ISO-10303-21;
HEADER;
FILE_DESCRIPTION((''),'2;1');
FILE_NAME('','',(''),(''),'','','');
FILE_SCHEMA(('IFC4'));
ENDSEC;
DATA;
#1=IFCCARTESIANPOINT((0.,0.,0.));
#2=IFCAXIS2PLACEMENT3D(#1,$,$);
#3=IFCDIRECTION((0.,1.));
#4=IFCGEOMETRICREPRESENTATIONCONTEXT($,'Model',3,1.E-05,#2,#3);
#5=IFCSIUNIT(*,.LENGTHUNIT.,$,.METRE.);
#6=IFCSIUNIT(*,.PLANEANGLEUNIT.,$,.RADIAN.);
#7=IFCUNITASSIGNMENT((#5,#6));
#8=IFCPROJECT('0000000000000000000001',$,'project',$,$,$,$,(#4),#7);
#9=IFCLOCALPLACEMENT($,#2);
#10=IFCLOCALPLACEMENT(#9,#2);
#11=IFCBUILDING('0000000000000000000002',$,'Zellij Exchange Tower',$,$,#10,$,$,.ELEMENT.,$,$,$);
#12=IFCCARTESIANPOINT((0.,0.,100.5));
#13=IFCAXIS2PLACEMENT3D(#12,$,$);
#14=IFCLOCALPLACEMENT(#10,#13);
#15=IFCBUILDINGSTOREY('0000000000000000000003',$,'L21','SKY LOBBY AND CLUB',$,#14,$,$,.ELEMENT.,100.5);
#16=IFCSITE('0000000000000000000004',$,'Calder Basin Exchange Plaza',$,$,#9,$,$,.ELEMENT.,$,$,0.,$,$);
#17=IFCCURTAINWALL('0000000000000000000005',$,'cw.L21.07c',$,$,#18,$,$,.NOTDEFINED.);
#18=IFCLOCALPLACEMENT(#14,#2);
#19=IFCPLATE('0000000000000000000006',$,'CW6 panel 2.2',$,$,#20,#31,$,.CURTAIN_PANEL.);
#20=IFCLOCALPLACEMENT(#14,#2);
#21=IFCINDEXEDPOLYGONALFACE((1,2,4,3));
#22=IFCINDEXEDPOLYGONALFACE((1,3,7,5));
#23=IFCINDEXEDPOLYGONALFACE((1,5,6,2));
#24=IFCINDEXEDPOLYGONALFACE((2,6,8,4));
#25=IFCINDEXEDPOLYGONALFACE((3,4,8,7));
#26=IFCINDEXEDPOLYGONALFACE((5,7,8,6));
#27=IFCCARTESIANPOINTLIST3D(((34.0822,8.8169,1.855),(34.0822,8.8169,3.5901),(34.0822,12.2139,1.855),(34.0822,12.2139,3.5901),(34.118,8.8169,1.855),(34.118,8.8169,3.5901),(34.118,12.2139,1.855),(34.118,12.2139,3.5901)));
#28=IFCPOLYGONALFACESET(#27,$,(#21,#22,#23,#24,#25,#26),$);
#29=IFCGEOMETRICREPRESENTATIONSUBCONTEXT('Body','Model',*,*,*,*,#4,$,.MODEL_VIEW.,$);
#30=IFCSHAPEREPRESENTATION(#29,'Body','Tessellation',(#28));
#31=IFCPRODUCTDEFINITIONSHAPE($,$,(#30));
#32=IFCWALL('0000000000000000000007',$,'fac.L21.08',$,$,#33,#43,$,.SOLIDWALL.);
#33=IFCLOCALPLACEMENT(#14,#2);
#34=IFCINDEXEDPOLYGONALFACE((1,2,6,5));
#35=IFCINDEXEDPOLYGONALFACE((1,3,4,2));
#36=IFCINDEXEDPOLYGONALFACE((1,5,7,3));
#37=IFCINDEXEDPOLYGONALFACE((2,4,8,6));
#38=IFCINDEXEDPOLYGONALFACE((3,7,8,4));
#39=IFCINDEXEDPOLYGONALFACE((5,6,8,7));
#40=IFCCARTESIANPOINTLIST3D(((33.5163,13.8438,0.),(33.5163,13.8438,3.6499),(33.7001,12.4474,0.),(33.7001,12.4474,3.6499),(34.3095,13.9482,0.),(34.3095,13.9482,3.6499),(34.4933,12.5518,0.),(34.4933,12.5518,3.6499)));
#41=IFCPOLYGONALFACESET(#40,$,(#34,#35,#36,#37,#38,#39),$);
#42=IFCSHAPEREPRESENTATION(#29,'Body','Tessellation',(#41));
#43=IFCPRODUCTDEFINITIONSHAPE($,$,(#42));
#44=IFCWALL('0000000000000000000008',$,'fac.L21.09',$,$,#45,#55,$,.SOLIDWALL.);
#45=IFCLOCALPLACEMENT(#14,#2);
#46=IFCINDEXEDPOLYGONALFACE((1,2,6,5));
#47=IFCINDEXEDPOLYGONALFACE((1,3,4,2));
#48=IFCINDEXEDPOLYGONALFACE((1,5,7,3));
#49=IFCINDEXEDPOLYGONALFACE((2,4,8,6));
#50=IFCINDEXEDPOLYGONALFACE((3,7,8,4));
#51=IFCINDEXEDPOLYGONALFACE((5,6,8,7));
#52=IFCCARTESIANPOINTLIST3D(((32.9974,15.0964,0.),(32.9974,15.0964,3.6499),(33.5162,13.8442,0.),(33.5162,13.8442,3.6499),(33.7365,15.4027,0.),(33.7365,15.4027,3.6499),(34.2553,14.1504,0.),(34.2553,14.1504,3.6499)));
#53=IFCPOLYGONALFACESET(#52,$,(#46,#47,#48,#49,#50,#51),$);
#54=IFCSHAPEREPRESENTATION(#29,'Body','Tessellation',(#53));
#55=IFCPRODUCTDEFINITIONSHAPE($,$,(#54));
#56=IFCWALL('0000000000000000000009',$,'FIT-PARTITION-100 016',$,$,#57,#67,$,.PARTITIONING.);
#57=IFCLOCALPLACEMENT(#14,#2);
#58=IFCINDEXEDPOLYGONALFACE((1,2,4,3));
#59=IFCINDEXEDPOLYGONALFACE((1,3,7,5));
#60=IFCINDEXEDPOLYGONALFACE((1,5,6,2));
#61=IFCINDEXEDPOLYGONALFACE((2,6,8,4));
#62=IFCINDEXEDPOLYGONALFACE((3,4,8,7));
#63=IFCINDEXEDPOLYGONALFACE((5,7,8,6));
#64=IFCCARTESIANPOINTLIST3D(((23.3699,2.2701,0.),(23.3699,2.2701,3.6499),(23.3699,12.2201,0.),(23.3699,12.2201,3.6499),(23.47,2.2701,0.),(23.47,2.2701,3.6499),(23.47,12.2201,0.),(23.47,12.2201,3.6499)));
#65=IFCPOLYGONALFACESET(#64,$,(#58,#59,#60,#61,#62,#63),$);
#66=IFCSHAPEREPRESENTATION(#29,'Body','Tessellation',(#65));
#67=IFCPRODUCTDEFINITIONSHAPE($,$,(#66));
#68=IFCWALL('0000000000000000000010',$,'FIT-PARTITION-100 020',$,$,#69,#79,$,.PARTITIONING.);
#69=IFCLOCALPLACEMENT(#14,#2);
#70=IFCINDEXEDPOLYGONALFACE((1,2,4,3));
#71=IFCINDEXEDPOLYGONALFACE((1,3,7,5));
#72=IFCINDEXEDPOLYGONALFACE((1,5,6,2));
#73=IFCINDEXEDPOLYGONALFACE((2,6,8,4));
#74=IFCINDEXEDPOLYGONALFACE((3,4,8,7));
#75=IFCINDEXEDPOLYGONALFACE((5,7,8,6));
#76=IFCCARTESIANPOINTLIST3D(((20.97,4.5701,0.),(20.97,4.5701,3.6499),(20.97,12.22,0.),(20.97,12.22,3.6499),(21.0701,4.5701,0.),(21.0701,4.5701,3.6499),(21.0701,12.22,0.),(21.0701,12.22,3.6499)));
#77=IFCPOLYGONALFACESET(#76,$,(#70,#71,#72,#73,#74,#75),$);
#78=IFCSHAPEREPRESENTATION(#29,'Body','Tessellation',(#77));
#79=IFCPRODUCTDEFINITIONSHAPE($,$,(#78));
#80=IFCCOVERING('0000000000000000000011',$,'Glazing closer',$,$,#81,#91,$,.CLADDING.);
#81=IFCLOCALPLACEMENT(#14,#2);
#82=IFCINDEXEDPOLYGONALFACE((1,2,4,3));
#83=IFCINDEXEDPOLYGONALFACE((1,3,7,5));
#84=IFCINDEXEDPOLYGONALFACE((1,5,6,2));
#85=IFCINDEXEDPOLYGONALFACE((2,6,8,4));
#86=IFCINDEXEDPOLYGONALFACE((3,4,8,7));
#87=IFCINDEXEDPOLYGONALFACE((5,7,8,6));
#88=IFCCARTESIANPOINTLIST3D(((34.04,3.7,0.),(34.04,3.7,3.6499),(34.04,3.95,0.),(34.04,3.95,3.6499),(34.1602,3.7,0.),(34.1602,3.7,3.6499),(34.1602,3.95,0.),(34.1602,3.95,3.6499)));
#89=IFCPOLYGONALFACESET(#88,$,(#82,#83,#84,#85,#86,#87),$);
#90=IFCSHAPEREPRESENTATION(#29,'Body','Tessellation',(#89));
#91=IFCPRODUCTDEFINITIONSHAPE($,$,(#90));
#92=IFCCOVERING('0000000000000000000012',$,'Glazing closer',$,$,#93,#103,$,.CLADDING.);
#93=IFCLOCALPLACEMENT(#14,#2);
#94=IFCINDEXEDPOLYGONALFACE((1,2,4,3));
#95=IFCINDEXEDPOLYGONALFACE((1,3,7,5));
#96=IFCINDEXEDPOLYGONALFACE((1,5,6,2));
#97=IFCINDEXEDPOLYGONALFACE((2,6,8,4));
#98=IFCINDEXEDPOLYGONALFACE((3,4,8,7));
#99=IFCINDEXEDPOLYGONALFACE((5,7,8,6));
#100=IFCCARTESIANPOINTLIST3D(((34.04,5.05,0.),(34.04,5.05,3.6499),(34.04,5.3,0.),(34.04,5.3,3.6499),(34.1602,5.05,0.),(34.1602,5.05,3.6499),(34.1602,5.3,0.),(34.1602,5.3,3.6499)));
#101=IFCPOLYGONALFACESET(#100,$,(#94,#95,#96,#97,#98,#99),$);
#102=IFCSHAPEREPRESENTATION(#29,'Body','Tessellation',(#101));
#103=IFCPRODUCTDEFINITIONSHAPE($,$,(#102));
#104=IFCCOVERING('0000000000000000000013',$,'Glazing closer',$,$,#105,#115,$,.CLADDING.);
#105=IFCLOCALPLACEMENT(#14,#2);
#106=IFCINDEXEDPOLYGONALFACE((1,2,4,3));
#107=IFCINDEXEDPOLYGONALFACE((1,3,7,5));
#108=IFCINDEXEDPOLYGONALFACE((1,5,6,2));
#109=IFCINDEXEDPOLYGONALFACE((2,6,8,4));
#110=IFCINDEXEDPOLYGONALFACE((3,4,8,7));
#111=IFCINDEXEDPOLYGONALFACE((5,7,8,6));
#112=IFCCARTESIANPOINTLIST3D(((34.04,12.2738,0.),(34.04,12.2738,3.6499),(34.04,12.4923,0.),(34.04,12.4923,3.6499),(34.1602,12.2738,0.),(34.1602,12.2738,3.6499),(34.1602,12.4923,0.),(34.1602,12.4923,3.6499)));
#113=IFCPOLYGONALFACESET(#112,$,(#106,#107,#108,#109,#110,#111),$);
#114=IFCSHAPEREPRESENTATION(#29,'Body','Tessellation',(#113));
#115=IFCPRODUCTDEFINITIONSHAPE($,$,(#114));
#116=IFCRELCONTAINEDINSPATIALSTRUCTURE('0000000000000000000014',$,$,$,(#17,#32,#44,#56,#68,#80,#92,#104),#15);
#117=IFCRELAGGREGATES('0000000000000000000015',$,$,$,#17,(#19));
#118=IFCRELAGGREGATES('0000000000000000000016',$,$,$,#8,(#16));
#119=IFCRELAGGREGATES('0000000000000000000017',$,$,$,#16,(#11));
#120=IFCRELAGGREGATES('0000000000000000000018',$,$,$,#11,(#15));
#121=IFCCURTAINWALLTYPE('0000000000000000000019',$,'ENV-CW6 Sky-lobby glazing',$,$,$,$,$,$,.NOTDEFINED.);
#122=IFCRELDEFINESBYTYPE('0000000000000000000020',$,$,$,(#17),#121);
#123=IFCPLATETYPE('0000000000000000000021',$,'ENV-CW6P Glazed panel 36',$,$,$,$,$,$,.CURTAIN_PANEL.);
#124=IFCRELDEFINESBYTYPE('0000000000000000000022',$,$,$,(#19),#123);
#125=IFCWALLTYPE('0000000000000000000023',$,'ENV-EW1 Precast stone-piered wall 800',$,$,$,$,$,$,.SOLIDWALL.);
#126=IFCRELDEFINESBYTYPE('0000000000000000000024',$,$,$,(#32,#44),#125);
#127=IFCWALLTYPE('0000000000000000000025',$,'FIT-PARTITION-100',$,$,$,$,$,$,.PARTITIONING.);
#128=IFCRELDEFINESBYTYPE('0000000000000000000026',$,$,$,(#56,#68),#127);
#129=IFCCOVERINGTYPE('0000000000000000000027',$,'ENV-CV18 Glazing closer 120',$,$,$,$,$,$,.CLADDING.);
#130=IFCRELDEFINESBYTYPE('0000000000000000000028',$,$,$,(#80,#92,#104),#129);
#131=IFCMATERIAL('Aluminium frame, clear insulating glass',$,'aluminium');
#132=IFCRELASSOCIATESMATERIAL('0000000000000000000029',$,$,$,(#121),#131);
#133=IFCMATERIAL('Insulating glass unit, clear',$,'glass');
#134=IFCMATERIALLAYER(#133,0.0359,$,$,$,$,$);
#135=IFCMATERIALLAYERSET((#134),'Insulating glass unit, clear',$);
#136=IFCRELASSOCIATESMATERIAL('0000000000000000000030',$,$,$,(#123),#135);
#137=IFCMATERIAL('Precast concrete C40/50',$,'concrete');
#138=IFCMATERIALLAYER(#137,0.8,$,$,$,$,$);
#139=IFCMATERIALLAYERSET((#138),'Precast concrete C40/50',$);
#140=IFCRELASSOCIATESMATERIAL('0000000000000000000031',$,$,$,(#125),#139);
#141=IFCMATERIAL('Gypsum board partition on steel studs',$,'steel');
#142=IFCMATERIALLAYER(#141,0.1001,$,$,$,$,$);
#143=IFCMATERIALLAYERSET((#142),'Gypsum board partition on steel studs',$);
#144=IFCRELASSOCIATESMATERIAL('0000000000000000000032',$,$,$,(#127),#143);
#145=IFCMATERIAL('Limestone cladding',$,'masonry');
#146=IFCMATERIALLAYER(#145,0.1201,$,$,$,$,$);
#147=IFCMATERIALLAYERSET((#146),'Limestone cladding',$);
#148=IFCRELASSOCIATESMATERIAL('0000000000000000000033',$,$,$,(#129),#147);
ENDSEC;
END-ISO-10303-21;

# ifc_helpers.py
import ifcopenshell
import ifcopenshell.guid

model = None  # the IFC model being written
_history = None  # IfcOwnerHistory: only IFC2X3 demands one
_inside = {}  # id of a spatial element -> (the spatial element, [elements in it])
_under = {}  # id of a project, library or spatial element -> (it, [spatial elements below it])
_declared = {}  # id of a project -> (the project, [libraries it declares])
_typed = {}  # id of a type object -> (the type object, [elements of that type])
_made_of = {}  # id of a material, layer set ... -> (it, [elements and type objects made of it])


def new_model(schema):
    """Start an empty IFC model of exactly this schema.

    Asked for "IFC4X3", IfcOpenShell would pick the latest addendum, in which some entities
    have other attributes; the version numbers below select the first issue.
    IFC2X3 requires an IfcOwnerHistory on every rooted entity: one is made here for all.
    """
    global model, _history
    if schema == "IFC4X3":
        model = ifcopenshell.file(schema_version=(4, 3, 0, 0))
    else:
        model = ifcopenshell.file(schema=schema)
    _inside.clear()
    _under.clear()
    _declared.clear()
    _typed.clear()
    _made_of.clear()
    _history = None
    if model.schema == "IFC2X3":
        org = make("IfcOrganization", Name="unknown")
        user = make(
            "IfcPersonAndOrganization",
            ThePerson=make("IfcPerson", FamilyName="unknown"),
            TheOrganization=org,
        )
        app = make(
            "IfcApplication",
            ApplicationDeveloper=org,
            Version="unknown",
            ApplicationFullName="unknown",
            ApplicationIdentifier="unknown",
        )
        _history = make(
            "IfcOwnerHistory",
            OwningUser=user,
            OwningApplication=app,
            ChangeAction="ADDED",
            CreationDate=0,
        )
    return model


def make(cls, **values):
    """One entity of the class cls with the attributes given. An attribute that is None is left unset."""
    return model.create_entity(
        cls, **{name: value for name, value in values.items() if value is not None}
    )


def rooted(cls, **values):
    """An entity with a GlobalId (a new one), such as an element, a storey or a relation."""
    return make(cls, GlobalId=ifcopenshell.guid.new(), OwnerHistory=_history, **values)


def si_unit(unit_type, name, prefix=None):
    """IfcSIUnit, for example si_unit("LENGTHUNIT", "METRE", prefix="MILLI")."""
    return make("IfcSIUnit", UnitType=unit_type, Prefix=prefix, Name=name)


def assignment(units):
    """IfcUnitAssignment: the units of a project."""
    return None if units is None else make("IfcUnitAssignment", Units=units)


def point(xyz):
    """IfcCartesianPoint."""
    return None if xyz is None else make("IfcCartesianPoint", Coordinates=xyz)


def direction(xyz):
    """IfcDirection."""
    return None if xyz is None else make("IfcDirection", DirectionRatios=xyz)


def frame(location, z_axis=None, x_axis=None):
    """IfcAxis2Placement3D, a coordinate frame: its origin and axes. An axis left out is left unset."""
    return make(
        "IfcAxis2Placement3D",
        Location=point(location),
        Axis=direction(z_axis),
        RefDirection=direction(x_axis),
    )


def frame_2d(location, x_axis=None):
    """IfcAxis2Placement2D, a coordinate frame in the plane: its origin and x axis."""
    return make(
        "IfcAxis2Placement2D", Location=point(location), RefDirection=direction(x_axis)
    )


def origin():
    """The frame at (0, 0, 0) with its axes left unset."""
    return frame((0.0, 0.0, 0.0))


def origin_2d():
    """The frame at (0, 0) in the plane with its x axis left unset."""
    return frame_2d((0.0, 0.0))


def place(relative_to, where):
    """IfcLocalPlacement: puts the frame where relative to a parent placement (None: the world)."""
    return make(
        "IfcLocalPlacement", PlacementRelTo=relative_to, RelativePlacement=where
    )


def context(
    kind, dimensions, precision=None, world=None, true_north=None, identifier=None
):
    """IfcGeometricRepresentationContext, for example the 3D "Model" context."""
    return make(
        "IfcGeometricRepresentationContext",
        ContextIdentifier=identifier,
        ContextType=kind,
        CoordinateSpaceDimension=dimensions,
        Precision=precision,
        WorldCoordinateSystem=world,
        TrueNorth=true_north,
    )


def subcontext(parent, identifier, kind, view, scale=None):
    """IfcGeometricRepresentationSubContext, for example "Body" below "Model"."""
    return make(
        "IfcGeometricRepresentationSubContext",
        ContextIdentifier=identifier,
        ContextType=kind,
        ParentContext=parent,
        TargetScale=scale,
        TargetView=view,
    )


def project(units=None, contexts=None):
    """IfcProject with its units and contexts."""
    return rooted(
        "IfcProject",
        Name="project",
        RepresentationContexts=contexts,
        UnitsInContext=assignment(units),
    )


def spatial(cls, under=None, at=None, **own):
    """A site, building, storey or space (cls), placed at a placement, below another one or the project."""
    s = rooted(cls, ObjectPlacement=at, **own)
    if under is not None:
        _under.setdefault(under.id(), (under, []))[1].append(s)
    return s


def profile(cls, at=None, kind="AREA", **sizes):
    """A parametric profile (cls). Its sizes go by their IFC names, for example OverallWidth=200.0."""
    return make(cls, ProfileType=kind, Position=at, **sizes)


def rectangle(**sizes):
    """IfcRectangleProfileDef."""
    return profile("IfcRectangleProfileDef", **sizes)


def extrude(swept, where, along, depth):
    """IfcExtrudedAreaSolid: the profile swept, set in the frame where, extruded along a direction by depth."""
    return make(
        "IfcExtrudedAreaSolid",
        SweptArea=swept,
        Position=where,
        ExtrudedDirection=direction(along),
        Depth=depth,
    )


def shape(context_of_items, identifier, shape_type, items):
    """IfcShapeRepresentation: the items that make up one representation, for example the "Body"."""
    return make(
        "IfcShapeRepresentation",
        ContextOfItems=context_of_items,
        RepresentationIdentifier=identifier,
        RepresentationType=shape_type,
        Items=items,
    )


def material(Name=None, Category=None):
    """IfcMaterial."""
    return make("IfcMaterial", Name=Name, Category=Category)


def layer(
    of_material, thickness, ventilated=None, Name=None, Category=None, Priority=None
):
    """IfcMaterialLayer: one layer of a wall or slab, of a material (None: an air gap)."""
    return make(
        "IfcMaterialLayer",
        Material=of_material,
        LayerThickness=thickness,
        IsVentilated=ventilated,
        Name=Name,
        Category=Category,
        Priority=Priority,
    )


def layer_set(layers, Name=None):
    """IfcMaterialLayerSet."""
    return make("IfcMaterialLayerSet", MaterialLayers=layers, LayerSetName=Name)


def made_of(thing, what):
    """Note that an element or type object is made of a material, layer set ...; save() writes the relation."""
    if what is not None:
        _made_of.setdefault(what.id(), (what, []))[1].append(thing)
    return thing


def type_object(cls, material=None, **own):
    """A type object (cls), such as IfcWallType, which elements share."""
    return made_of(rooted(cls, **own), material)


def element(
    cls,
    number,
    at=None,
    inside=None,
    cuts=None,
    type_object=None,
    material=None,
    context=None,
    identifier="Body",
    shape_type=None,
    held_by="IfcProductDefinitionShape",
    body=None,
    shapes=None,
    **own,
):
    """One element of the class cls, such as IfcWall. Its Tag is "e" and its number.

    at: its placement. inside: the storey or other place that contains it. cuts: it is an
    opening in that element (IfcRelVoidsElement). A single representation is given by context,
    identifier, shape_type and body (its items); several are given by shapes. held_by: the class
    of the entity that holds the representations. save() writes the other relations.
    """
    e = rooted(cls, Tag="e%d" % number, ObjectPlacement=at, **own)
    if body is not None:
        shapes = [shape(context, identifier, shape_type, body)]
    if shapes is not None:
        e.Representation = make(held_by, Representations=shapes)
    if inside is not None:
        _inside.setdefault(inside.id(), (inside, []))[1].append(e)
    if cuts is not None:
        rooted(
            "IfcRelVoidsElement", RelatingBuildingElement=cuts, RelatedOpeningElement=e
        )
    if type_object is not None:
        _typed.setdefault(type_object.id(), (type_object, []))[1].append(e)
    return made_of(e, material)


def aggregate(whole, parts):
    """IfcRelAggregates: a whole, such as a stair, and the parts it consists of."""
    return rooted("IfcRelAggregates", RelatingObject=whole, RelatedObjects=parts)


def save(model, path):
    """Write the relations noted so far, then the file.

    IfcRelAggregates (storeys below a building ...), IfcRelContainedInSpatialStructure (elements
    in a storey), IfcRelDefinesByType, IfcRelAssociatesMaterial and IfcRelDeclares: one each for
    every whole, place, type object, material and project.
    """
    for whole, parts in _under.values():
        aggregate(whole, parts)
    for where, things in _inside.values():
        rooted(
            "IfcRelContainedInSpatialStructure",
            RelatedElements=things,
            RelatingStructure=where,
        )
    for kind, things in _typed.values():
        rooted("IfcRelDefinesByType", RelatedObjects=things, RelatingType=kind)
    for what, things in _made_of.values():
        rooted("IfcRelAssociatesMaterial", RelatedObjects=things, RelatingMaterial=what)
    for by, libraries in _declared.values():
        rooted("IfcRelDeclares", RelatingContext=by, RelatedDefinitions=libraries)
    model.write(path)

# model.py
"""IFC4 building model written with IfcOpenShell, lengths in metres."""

from ifc_helpers import new_model, si_unit, direction, frame, frame_2d, origin, origin_2d, place, context, subcontext, project, spatial, rectangle, extrude, material, layer, layer_set, type_object, element, aggregate, save


model = new_model("IFC4")

# Units and contexts
model_context = context("Model", 3, precision=1e-05, world=origin(), true_north=direction((0.0, 1.0)))
body_context = subcontext(model_context, "Body", "Model", "MODEL_VIEW")
ifc_project = project(units=[si_unit("LENGTHUNIT", "METRE"), si_unit("PLANEANGLEUNIT", "RADIAN")], contexts=[model_context])

# Site, building, storey
site_placement = place(None, origin())
site = spatial("IfcSite", under=ifc_project, at=site_placement, Name="Calder Basin Exchange Plaza", CompositionType="ELEMENT", RefElevation=0.0)
building_placement = place(site_placement, origin())
building = spatial("IfcBuilding", under=site, at=building_placement, Name="Zellij Exchange Tower", CompositionType="ELEMENT")
storey_placement = place(building_placement, frame((0.0, 0.0, 100.5)))
storey = spatial("IfcBuildingStorey", under=building, at=storey_placement, Name="L21", Description="SKY LOBBY AND CLUB", CompositionType="ELEMENT", Elevation=100.5)

# Curtain wall
ifc_material_1 = material(Name="Aluminium frame, clear insulating glass", Category="aluminium")
curtain_wall_type = type_object("IfcCurtainWallType", Name="ENV-CW6 Sky-lobby glazing", PredefinedType="NOTDEFINED", material=ifc_material_1)
curtain_wall_1_placement = place(storey_placement, origin())
curtain_wall_1 = element("IfcCurtainWall", 1, at=curtain_wall_1_placement, inside=storey, type_object=curtain_wall_type, Name="cw.L21.07c", PredefinedType="NOTDEFINED")

# Plate
ifc_material_2 = material(Name="Insulating glass unit, clear", Category="glass")
ifc_layer_1 = layer(ifc_material_2, 0.0359)
ifc_layer_set_1 = layer_set([ifc_layer_1], Name="Insulating glass unit, clear")
plate_type = type_object("IfcPlateType", Name="ENV-CW6P Glazed panel 36", PredefinedType="CURTAIN_PANEL", material=ifc_layer_set_1)
plate_1_placement = place(storey_placement, frame((34.1001, 10.5154, 1.855), z_axis=(0.0, 0.0, 1.0), x_axis=(0.0, 1.0, 0.0)))
plate_1 = element("IfcPlate", 2, at=plate_1_placement, type_object=plate_type, Name="CW6 panel 2.2", PredefinedType="CURTAIN_PANEL", context=body_context, shape_type="SweptSolid", body=[
    extrude(rectangle(XDim=3.397, YDim=0.0359, at=origin_2d()), origin(), (0.0, 0.0, 1.0), 1.7351),
])
aggregate(curtain_wall_1, [plate_1])

# Walls
ifc_material_3 = material(Name="Precast concrete C40/50", Category="concrete")
ifc_layer_2 = layer(ifc_material_3, 0.8)
ifc_layer_set_2 = layer_set([ifc_layer_2], Name="Precast concrete C40/50")
wall_type_1 = type_object("IfcWallType", Name="ENV-EW1 Precast stone-piered wall 800", PredefinedType="SOLIDWALL", material=ifc_layer_set_2)
wall_1_placement = place(storey_placement, frame((34.0967, 12.4998, 0.0), z_axis=(0.0, 0.0, 1.0), x_axis=(-0.130517, 0.991446, 0.0)))
element("IfcWall", 3, at=wall_1_placement, inside=storey, type_object=wall_type_1, Name="fac.L21.08", PredefinedType="SOLIDWALL", context=body_context, shape_type="SweptSolid", body=[
    extrude(rectangle(XDim=1.4084, YDim=0.8, at=frame_2d((0.7041, 0.0))), origin(), (0.0, 0.0, 1.0), 3.6499),
])
wall_2_placement = place(storey_placement, frame((33.8857, 13.9973, 0.0), z_axis=(0.0, 0.0, 1.0), x_axis=(-0.38276, 0.923848, 0.0)))
element("IfcWall", 4, at=wall_2_placement, inside=storey, type_object=wall_type_1, Name="fac.L21.09", PredefinedType="SOLIDWALL", context=body_context, shape_type="SweptSolid", body=[
    extrude(rectangle(XDim=1.3555, YDim=0.8, at=frame_2d((0.6777, 0.0))), origin(), (0.0, 0.0, 1.0), 3.6499),
])
ifc_material_4 = material(Name="Gypsum board partition on steel studs", Category="steel")
ifc_layer_3 = layer(ifc_material_4, 0.1001)
ifc_layer_set_3 = layer_set([ifc_layer_3], Name="Gypsum board partition on steel studs")
wall_type_2 = type_object("IfcWallType", Name="FIT-PARTITION-100", PredefinedType="PARTITIONING", material=ifc_layer_set_3)
wall_3_placement = place(storey_placement, frame((23.4199, 2.27, 0.0), z_axis=(0.0, 0.0, 1.0), x_axis=(0.0, 1.0, 0.0)))
element("IfcWall", 5, at=wall_3_placement, inside=storey, type_object=wall_type_2, Name="FIT-PARTITION-100 016", PredefinedType="PARTITIONING", context=body_context, shape_type="SweptSolid", body=[
    extrude(rectangle(XDim=9.95, YDim=0.1001, at=frame_2d((4.9751, 0.0))), origin(), (0.0, 0.0, 1.0), 3.6499),
])
wall_4_placement = place(storey_placement, frame((21.02, 4.5701, 0.0), z_axis=(0.0, 0.0, 1.0), x_axis=(0.0, 1.0, 0.0)))
element("IfcWall", 6, at=wall_4_placement, inside=storey, type_object=wall_type_2, Name="FIT-PARTITION-100 020", PredefinedType="PARTITIONING", context=body_context, shape_type="SweptSolid", body=[
    extrude(rectangle(XDim=7.6499, YDim=0.1001, at=frame_2d((3.825, 0.0))), origin(), (0.0, 0.0, 1.0), 3.6499),
])

# Coverings
ifc_material_5 = material(Name="Limestone cladding", Category="masonry")
ifc_layer_4 = layer(ifc_material_5, 0.1201)
ifc_layer_set_4 = layer_set([ifc_layer_4], Name="Limestone cladding")
covering_type = type_object("IfcCoveringType", Name="ENV-CV18 Glazing closer 120", PredefinedType="CLADDING", material=ifc_layer_set_4)
for number, where, z_axis, x_axis, name in (
    (7, (34.1001, 3.825, 0.0), (0.0, 0.0, 1.0), (0.0, 1.0, 0.0), "Glazing closer"),
    (8, (34.1001, 5.175, 0.0), (0.0, 0.0, 1.0), (0.0, -1.0, 0.0), "Glazing closer"),
):
    element("IfcCovering", number, at=place(storey_placement, frame(where, z_axis=z_axis, x_axis=x_axis)), inside=storey, type_object=covering_type, Name=name, PredefinedType="CLADDING", context=body_context, shape_type="SweptSolid", body=[
        extrude(rectangle(XDim=0.25, YDim=0.1201, at=origin_2d()), origin(), (0.0, 0.0, 1.0), 3.6499),
    ])
covering_placement = place(storey_placement, frame((34.1001, 12.3831, 0.0), z_axis=(0.0, 0.0, 1.0), x_axis=(0.0, 1.0, 0.0)))
element("IfcCovering", 9, at=covering_placement, inside=storey, type_object=covering_type, Name="Glazing closer", PredefinedType="CLADDING", context=body_context, shape_type="SweptSolid", body=[
    extrude(rectangle(XDim=0.2185, YDim=0.1201, at=origin_2d()), origin(), (0.0, 0.0, 1.0), 3.6499),
])

save(model, "model.ifc")
